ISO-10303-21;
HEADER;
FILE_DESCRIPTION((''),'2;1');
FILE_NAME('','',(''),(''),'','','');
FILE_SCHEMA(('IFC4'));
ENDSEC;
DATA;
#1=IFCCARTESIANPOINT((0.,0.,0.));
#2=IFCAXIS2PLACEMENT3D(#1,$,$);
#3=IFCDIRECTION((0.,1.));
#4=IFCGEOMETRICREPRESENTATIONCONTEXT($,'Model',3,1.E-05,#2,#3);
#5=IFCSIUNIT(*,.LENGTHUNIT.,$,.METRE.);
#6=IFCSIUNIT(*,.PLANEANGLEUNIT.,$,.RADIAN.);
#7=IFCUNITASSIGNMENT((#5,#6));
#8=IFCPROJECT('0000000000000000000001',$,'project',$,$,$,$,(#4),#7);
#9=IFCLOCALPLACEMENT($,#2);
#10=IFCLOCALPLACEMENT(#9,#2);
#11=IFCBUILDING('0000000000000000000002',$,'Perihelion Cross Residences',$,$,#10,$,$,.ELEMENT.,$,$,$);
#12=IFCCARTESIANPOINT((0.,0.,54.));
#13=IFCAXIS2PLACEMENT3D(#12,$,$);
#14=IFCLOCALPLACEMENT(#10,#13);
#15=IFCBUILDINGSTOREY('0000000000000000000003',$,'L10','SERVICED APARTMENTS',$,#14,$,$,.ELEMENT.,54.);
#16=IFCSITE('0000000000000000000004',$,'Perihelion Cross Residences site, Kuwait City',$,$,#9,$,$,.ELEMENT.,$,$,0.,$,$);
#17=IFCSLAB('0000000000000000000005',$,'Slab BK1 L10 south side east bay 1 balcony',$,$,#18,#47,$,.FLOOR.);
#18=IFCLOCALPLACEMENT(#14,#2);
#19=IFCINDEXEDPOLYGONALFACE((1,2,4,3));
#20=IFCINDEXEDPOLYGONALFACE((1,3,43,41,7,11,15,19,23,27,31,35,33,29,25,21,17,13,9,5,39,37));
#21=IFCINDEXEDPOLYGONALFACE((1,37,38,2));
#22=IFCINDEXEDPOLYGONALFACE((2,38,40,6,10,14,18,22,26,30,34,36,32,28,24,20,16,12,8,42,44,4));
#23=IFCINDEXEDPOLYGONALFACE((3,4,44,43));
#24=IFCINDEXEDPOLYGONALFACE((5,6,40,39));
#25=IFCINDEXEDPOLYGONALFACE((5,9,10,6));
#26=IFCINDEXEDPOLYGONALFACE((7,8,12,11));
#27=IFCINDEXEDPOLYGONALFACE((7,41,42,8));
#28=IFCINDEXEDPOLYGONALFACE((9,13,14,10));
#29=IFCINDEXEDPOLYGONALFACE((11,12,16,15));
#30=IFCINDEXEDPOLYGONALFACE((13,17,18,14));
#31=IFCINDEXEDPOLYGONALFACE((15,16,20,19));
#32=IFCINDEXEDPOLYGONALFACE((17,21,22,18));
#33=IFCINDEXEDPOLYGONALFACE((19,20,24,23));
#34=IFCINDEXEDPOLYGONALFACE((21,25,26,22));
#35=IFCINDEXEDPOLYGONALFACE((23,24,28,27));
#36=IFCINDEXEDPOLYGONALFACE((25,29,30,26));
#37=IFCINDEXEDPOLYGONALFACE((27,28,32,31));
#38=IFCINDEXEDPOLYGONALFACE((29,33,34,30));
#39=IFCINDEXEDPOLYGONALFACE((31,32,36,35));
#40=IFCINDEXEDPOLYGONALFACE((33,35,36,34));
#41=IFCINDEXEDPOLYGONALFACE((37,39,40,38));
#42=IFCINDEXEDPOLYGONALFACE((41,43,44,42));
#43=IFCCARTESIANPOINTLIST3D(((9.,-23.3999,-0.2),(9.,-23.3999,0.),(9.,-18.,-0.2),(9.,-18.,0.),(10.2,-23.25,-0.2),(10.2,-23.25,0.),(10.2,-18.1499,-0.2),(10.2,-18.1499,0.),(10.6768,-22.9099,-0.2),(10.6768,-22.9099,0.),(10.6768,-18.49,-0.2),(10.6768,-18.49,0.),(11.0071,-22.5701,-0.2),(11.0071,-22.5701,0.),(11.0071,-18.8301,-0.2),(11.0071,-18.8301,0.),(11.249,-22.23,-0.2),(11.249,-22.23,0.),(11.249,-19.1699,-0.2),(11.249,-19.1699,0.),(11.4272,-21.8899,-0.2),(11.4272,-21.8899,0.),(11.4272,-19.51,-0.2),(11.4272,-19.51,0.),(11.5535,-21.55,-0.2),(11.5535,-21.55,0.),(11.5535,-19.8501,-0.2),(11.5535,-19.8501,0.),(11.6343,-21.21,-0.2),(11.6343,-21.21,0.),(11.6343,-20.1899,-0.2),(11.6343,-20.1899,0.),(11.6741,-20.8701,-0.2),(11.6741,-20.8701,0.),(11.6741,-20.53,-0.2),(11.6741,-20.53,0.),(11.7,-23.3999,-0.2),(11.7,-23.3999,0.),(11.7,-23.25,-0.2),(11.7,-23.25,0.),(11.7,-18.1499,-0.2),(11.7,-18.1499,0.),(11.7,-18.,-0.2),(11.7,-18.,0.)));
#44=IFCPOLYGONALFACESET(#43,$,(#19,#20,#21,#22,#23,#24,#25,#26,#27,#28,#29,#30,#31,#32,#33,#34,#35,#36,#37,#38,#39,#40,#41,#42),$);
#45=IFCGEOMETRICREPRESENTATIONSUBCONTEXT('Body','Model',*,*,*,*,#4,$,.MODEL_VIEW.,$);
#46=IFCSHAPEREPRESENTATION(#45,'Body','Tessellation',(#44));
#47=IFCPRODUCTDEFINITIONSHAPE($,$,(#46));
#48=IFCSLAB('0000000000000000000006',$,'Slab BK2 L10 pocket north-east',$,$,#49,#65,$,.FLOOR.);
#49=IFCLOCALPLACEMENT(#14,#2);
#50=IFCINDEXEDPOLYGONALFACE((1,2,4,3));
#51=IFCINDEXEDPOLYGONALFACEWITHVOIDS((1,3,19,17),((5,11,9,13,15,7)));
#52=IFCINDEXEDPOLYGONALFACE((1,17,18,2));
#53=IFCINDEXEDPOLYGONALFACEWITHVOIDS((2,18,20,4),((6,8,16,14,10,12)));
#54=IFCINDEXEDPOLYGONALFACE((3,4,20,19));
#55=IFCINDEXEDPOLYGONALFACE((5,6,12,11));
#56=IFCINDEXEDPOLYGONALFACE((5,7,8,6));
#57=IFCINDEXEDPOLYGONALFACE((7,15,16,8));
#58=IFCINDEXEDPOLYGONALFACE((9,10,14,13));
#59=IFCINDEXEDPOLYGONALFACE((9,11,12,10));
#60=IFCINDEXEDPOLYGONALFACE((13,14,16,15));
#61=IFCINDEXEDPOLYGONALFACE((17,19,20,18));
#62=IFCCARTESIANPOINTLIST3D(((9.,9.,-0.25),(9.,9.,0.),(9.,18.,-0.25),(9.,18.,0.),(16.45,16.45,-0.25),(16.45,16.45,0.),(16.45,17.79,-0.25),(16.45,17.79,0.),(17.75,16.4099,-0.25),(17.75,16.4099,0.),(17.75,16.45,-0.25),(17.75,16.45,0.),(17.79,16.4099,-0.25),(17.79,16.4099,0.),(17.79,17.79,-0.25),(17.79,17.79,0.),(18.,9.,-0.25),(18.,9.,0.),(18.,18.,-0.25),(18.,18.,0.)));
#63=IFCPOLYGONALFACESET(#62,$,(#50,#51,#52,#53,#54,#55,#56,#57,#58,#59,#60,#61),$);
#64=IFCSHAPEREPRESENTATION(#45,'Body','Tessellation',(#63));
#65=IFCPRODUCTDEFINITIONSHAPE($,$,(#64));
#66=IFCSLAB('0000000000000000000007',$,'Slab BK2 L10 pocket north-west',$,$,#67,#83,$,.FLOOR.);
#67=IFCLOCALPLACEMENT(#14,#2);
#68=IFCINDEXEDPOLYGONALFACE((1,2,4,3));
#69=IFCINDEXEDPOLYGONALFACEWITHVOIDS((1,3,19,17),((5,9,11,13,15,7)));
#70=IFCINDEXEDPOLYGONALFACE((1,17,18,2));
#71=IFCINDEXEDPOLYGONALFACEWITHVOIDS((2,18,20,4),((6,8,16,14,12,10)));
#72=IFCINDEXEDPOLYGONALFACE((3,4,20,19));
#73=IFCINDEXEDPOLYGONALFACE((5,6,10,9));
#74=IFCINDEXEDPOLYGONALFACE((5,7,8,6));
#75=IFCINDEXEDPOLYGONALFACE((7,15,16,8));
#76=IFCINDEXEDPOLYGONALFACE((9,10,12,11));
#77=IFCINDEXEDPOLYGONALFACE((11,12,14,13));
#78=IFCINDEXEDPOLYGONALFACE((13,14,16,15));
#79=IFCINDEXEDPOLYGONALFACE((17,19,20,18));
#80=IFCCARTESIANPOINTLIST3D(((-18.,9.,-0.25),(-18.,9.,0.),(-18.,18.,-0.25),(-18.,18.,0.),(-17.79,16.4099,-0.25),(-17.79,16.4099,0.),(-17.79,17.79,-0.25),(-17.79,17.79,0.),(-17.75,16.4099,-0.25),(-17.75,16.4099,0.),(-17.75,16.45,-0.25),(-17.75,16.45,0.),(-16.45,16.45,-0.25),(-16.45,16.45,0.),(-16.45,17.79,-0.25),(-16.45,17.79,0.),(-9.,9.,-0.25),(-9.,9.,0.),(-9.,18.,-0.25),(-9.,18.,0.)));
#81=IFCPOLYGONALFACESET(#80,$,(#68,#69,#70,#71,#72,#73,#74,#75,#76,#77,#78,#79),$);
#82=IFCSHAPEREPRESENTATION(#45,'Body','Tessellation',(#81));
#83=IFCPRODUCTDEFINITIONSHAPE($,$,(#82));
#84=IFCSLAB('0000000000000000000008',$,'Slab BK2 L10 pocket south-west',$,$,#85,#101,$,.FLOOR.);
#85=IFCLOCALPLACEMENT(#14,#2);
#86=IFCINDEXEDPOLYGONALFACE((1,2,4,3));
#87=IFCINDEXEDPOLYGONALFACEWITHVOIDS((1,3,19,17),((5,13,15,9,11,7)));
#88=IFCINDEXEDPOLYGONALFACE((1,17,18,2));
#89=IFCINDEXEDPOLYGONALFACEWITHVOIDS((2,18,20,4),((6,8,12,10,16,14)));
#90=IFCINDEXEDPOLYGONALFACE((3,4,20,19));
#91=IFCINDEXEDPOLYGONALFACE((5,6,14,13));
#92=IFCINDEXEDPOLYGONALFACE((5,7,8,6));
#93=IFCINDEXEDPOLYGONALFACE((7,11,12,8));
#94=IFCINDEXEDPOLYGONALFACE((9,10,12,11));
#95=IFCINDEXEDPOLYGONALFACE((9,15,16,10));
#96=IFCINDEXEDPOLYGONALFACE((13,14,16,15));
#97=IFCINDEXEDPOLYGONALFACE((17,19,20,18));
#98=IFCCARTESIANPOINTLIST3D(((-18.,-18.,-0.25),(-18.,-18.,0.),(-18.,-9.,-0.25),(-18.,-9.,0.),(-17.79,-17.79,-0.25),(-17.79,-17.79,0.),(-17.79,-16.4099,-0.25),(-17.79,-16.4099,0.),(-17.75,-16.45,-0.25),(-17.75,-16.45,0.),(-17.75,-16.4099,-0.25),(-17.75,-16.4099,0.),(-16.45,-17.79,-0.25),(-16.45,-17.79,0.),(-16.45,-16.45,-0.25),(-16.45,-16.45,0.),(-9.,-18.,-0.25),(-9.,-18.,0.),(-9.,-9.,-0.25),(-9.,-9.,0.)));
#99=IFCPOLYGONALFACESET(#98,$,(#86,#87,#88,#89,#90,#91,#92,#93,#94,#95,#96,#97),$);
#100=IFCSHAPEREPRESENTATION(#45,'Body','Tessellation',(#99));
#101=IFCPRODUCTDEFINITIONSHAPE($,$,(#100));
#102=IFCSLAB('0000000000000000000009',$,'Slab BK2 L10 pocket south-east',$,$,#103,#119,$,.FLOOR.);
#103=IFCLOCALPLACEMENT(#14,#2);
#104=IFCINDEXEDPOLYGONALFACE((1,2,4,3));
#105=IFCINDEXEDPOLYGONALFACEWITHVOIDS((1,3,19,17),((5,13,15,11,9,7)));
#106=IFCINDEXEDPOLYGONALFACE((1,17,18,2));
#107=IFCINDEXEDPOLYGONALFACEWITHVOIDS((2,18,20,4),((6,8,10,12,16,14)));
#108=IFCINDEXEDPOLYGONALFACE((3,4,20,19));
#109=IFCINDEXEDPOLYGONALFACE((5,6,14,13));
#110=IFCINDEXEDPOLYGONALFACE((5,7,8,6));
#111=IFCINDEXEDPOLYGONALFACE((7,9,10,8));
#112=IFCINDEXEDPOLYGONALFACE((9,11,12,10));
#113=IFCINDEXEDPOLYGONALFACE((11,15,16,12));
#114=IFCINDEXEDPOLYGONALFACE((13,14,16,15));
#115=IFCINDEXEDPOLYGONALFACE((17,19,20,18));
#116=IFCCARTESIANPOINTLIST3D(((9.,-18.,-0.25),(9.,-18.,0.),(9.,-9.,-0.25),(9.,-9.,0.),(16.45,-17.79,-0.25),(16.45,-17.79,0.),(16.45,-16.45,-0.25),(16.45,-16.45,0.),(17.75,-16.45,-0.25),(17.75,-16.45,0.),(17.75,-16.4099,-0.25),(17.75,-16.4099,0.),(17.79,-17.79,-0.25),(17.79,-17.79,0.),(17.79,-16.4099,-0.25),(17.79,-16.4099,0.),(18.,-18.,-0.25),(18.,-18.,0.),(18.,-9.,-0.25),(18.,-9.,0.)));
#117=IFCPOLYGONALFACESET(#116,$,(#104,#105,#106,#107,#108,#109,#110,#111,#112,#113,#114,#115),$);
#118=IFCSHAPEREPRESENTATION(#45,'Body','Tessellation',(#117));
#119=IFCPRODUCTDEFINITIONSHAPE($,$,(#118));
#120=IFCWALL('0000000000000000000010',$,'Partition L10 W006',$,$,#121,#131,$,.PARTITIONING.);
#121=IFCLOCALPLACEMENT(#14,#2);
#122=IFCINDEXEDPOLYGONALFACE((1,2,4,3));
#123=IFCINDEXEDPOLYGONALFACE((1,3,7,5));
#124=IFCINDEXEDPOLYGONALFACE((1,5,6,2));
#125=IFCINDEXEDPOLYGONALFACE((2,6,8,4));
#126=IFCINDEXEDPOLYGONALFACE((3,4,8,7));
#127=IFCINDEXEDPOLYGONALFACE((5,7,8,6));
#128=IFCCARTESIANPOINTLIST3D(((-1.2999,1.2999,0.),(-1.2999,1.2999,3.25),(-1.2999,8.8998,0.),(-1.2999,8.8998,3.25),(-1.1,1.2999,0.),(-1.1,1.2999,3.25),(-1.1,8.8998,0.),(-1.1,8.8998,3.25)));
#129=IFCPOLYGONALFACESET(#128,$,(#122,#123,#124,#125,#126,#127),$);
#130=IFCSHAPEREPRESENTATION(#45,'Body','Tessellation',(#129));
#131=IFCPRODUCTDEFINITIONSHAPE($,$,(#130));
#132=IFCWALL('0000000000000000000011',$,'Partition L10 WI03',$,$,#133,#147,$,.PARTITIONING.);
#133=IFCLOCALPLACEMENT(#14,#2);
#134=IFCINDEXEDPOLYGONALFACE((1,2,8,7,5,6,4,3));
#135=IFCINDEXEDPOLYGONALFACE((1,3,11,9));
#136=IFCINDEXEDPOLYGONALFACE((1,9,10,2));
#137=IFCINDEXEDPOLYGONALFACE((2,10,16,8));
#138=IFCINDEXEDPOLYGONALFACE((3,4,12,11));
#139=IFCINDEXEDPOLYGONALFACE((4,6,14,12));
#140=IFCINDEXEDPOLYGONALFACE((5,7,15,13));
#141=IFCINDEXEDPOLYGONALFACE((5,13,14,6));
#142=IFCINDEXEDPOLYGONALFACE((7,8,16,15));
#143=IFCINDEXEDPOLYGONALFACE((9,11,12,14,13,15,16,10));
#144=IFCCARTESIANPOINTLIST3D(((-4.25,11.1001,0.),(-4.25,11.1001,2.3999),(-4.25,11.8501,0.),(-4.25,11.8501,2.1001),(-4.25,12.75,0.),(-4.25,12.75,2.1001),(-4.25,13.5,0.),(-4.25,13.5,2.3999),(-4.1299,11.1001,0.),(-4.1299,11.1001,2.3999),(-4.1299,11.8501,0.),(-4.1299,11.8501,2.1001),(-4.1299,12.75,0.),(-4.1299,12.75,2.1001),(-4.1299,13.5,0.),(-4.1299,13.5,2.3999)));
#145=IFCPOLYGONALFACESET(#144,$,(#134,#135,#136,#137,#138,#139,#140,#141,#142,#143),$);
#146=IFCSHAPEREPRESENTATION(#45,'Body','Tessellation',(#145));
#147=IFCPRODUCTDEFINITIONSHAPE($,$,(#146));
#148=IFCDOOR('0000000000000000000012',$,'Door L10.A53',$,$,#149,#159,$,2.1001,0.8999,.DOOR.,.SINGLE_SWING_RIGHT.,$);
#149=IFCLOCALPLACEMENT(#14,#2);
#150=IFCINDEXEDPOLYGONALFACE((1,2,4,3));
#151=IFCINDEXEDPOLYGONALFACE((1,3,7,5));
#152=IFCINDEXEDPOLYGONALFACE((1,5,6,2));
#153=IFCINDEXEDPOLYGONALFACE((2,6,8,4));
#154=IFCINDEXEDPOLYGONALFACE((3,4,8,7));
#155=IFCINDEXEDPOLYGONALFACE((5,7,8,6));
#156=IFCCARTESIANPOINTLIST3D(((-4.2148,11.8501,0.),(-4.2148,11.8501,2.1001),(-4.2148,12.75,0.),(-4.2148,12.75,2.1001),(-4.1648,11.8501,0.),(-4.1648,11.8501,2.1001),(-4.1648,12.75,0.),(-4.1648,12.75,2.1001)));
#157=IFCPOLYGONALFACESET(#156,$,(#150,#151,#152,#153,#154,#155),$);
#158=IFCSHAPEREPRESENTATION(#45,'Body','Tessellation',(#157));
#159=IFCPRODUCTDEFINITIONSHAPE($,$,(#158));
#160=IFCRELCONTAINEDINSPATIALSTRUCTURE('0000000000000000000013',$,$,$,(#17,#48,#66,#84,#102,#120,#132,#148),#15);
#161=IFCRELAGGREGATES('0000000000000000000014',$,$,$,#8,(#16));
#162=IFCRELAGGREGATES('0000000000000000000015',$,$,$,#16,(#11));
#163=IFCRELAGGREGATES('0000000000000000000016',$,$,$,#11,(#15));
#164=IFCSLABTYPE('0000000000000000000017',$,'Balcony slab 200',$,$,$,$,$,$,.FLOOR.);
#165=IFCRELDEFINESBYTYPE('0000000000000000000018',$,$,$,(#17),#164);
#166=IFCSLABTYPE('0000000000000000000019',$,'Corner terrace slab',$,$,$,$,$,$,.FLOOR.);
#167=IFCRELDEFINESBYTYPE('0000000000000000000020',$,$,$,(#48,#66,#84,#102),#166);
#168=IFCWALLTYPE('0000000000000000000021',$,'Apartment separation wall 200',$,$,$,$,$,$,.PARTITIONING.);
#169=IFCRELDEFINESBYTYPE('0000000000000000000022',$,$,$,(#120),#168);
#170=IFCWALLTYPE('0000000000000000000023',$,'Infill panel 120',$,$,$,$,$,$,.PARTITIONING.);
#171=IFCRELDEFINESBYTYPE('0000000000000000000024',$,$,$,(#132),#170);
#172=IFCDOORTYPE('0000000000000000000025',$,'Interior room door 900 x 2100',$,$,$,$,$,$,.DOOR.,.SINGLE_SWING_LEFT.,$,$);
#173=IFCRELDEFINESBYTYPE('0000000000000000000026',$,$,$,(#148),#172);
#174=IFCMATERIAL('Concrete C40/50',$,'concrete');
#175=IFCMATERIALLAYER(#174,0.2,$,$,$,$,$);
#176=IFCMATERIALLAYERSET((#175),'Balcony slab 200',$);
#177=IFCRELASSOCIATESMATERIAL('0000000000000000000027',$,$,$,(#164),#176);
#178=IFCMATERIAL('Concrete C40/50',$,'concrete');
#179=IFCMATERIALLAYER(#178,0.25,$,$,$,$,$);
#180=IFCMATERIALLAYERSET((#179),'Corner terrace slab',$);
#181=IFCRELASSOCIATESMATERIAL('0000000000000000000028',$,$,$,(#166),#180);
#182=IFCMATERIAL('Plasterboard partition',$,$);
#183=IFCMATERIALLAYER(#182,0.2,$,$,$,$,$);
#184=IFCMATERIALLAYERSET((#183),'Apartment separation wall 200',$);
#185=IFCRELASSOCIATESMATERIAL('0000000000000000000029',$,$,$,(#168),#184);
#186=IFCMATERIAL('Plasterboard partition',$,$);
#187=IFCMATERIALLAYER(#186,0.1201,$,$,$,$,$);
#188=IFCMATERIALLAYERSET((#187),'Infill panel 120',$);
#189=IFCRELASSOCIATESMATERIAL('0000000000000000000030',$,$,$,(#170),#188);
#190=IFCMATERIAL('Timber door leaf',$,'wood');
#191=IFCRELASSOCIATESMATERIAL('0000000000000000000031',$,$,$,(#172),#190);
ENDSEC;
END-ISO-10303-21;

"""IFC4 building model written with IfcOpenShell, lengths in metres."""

from ifc_helpers import new_model, si_unit, direction, frame, frame_2d, origin, place, context, subcontext, project, spatial, polyline, rectangle, outline, extrude, material, layer, layer_set, type_object, element, fill, save


model = new_model("IFC4")

# Units and contexts
model_context = context("Model", 3, precision=1e-05, world=origin(), true_north=direction((0.0, 1.0)))
body_context = subcontext(model_context, "Body", "Model", "MODEL_VIEW")
ifc_project = project(units=[si_unit("LENGTHUNIT", "METRE"), si_unit("PLANEANGLEUNIT", "RADIAN")], contexts=[model_context])

# Site, building, storey
site_placement = place(None, origin())
site = spatial("IfcSite", under=ifc_project, at=site_placement, Name="Perihelion Cross Residences site, Kuwait City", CompositionType="ELEMENT", RefElevation=0.0)
building_placement = place(site_placement, origin())
building = spatial("IfcBuilding", under=site, at=building_placement, Name="Perihelion Cross Residences", CompositionType="ELEMENT")
storey_placement = place(building_placement, frame((0.0, 0.0, 54.0)))
storey = spatial("IfcBuildingStorey", under=building, at=storey_placement, Name="L10", Description="SERVICED APARTMENTS", CompositionType="ELEMENT", Elevation=54.0)

# Slabs
ifc_material_1 = material(Name="Concrete C40/50", Category="concrete")
ifc_layer_1 = layer(ifc_material_1, 0.2)
ifc_layer_set_1 = layer_set([ifc_layer_1], Name="Balcony slab 200")
slab_type_1 = type_object("IfcSlabType", Name="Balcony slab 200", PredefinedType="FLOOR", material=ifc_layer_set_1)
slab_1_placement = place(storey_placement, frame((0.0, 0.0, -0.2)))
element("IfcSlab", 1, at=slab_1_placement, inside=storey, type_object=slab_type_1, Name="Slab BK1 L10 south side east bay 1 balcony", PredefinedType="FLOOR", context=body_context, shape_type="SweptSolid", body=[
    extrude(outline(polyline([(9.0, -23.3999), (9.0, -18.0), (11.7, -18.0), (11.7, -18.1499), (10.2, -18.1499), (10.6768, -18.49), (11.0071, -18.8301), (11.249, -19.1699), (11.4272, -19.51), (11.5535, -19.8501), (11.6343, -20.1899), (11.6741, -20.53), (11.6741, -20.8701), (11.6343, -21.21), (11.5535, -21.55), (11.4272, -21.8899), (11.249, -22.23), (11.0071, -22.5701), (10.6768, -22.9099), (10.2, -23.25), (11.7, -23.25), (11.7, -23.3999), (9.0, -23.3999)])), origin(), (0.0, 0.0, 1.0), 0.2),
])
ifc_material_2 = material(Name="Concrete C40/50", Category="concrete")
ifc_layer_2 = layer(ifc_material_2, 0.25)
ifc_layer_set_2 = layer_set([ifc_layer_2], Name="Corner terrace slab")
slab_type_2 = type_object("IfcSlabType", Name="Corner terrace slab", PredefinedType="FLOOR", material=ifc_layer_set_2)
slab_2_placement = place(storey_placement, frame((0.0, 0.0, -0.25)))
element("IfcSlab", 2, at=slab_2_placement, inside=storey, type_object=slab_type_2, Name="Slab BK2 L10 pocket north-east", PredefinedType="FLOOR", context=body_context, shape_type="SweptSolid", body=[
    extrude(outline(polyline([(18.0, 9.0), (18.0, 18.0), (9.0, 18.0), (9.0, 9.0), (18.0, 9.0)]), holes=[polyline([(16.45, 16.45), (16.45, 17.79), (17.79, 17.79), (17.79, 16.4099), (17.75, 16.4099), (17.75, 16.45), (16.45, 16.45)])]), origin(), (0.0, 0.0, 1.0), 0.25),
])
slab_3_placement = place(storey_placement, frame((0.0, 0.0, -0.25)))
element("IfcSlab", 3, at=slab_3_placement, inside=storey, type_object=slab_type_2, Name="Slab BK2 L10 pocket north-west", PredefinedType="FLOOR", context=body_context, shape_type="SweptSolid", body=[
    extrude(outline(polyline([(-9.0, 9.0), (-9.0, 18.0), (-18.0, 18.0), (-18.0, 9.0), (-9.0, 9.0)]), holes=[polyline([(-17.79, 16.4099), (-17.79, 17.79), (-16.45, 17.79), (-16.45, 16.45), (-17.75, 16.45), (-17.75, 16.4099), (-17.79, 16.4099)])]), origin(), (0.0, 0.0, 1.0), 0.25),
])
slab_4_placement = place(storey_placement, frame((0.0, 0.0, -0.25)))
element("IfcSlab", 4, at=slab_4_placement, inside=storey, type_object=slab_type_2, Name="Slab BK2 L10 pocket south-west", PredefinedType="FLOOR", context=body_context, shape_type="SweptSolid", body=[
    extrude(outline(polyline([(-9.0, -18.0), (-9.0, -9.0), (-18.0, -9.0), (-18.0, -18.0), (-9.0, -18.0)]), holes=[polyline([(-17.79, -16.4099), (-17.75, -16.4099), (-17.75, -16.45), (-16.45, -16.45), (-16.45, -17.79), (-17.79, -17.79), (-17.79, -16.4099)])]), origin(), (0.0, 0.0, 1.0), 0.25),
])
slab_5_placement = place(storey_placement, frame((0.0, 0.0, -0.25)))
element("IfcSlab", 5, at=slab_5_placement, inside=storey, type_object=slab_type_2, Name="Slab BK2 L10 pocket south-east", PredefinedType="FLOOR", context=body_context, shape_type="SweptSolid", body=[
    extrude(outline(polyline([(18.0, -18.0), (18.0, -9.0), (9.0, -9.0), (9.0, -18.0), (18.0, -18.0)]), holes=[polyline([(16.45, -17.79), (16.45, -16.45), (17.75, -16.45), (17.75, -16.4099), (17.79, -16.4099), (17.79, -17.79), (16.45, -17.79)])]), origin(), (0.0, 0.0, 1.0), 0.25),
])

# Wall
ifc_material_3 = material(Name="Plasterboard partition")
ifc_layer_3 = layer(ifc_material_3, 0.2)
ifc_layer_set_3 = layer_set([ifc_layer_3], Name="Apartment separation wall 200")
wall_type_1 = type_object("IfcWallType", Name="Apartment separation wall 200", PredefinedType="PARTITIONING", material=ifc_layer_set_3)
wall_1_placement = place(storey_placement, frame((-1.2, 1.3, 0.0), z_axis=(0.0, 0.0, 1.0), x_axis=(0.0, 1.0, 0.0)))
element("IfcWall", 6, at=wall_1_placement, inside=storey, type_object=wall_type_1, Name="Partition L10 W006", PredefinedType="PARTITIONING", context=body_context, shape_type="SweptSolid", body=[
    extrude(rectangle(XDim=7.5999, YDim=0.2, at=frame_2d((3.7998, 0.0))), origin(), (0.0, 0.0, 1.0), 3.25),
])

# Wall, opening, door
ifc_material_4 = material(Name="Plasterboard partition")
ifc_layer_4 = layer(ifc_material_4, 0.1201)
ifc_layer_set_4 = layer_set([ifc_layer_4], Name="Infill panel 120")
wall_type_2 = type_object("IfcWallType", Name="Infill panel 120", PredefinedType="PARTITIONING", material=ifc_layer_set_4)
wall_2_placement = place(storey_placement, frame((-4.1899, 11.1001, 0.0), z_axis=(0.0, 0.0, 1.0), x_axis=(0.0, 1.0, 0.0)))
wall_2 = element("IfcWall", 7, at=wall_2_placement, inside=storey, type_object=wall_type_2, Name="Partition L10 WI03", PredefinedType="PARTITIONING", context=body_context, shape_type="SweptSolid", body=[
    extrude(rectangle(XDim=2.3999, YDim=0.1201, at=frame_2d((1.2, 0.0))), origin(), (0.0, 0.0, 1.0), 2.3999),
])
opening_1_placement = place(wall_2_placement, frame((0.75, 0.0, 0.0)))
opening_1 = element("IfcOpeningElement", 8, at=opening_1_placement, cuts=wall_2, PredefinedType="OPENING", context=body_context, shape_type="SweptSolid", body=[
    extrude(rectangle(XDim=0.8999, YDim=2.1001, at=frame_2d((0.45, 1.05))), frame((0.0, 0.0701, 0.0), z_axis=(0.0, -1.0, 0.0), x_axis=(1.0, 0.0, 0.0)), (0.0, 0.0, 1.0), 0.1401),
])
ifc_material_5 = material(Name="Timber door leaf", Category="wood")
door_type_1 = type_object("IfcDoorType", Name="Interior room door 900 x 2100", OperationType="SINGLE_SWING_LEFT", PredefinedType="DOOR", material=ifc_material_5)
door_1_placement = place(opening_1_placement, origin())
door_1 = element("IfcDoor", 9, at=door_1_placement, inside=storey, type_object=door_type_1, Name="Door L10.A53", OperationType="SINGLE_SWING_RIGHT", OverallHeight=2.1001, OverallWidth=0.8999, PredefinedType="DOOR", context=body_context, shape_type="SweptSolid", body=[
    extrude(rectangle(XDim=0.8999, YDim=2.1001, at=frame_2d((0.45, 1.05))), frame((0.0, 0.0249, 0.0), z_axis=(0.0, -1.0, 0.0), x_axis=(1.0, 0.0, 0.0)), (0.0, 0.0, 1.0), 0.05),
])
fill(opening_1, door_1)

save(model, "model.ifc")
